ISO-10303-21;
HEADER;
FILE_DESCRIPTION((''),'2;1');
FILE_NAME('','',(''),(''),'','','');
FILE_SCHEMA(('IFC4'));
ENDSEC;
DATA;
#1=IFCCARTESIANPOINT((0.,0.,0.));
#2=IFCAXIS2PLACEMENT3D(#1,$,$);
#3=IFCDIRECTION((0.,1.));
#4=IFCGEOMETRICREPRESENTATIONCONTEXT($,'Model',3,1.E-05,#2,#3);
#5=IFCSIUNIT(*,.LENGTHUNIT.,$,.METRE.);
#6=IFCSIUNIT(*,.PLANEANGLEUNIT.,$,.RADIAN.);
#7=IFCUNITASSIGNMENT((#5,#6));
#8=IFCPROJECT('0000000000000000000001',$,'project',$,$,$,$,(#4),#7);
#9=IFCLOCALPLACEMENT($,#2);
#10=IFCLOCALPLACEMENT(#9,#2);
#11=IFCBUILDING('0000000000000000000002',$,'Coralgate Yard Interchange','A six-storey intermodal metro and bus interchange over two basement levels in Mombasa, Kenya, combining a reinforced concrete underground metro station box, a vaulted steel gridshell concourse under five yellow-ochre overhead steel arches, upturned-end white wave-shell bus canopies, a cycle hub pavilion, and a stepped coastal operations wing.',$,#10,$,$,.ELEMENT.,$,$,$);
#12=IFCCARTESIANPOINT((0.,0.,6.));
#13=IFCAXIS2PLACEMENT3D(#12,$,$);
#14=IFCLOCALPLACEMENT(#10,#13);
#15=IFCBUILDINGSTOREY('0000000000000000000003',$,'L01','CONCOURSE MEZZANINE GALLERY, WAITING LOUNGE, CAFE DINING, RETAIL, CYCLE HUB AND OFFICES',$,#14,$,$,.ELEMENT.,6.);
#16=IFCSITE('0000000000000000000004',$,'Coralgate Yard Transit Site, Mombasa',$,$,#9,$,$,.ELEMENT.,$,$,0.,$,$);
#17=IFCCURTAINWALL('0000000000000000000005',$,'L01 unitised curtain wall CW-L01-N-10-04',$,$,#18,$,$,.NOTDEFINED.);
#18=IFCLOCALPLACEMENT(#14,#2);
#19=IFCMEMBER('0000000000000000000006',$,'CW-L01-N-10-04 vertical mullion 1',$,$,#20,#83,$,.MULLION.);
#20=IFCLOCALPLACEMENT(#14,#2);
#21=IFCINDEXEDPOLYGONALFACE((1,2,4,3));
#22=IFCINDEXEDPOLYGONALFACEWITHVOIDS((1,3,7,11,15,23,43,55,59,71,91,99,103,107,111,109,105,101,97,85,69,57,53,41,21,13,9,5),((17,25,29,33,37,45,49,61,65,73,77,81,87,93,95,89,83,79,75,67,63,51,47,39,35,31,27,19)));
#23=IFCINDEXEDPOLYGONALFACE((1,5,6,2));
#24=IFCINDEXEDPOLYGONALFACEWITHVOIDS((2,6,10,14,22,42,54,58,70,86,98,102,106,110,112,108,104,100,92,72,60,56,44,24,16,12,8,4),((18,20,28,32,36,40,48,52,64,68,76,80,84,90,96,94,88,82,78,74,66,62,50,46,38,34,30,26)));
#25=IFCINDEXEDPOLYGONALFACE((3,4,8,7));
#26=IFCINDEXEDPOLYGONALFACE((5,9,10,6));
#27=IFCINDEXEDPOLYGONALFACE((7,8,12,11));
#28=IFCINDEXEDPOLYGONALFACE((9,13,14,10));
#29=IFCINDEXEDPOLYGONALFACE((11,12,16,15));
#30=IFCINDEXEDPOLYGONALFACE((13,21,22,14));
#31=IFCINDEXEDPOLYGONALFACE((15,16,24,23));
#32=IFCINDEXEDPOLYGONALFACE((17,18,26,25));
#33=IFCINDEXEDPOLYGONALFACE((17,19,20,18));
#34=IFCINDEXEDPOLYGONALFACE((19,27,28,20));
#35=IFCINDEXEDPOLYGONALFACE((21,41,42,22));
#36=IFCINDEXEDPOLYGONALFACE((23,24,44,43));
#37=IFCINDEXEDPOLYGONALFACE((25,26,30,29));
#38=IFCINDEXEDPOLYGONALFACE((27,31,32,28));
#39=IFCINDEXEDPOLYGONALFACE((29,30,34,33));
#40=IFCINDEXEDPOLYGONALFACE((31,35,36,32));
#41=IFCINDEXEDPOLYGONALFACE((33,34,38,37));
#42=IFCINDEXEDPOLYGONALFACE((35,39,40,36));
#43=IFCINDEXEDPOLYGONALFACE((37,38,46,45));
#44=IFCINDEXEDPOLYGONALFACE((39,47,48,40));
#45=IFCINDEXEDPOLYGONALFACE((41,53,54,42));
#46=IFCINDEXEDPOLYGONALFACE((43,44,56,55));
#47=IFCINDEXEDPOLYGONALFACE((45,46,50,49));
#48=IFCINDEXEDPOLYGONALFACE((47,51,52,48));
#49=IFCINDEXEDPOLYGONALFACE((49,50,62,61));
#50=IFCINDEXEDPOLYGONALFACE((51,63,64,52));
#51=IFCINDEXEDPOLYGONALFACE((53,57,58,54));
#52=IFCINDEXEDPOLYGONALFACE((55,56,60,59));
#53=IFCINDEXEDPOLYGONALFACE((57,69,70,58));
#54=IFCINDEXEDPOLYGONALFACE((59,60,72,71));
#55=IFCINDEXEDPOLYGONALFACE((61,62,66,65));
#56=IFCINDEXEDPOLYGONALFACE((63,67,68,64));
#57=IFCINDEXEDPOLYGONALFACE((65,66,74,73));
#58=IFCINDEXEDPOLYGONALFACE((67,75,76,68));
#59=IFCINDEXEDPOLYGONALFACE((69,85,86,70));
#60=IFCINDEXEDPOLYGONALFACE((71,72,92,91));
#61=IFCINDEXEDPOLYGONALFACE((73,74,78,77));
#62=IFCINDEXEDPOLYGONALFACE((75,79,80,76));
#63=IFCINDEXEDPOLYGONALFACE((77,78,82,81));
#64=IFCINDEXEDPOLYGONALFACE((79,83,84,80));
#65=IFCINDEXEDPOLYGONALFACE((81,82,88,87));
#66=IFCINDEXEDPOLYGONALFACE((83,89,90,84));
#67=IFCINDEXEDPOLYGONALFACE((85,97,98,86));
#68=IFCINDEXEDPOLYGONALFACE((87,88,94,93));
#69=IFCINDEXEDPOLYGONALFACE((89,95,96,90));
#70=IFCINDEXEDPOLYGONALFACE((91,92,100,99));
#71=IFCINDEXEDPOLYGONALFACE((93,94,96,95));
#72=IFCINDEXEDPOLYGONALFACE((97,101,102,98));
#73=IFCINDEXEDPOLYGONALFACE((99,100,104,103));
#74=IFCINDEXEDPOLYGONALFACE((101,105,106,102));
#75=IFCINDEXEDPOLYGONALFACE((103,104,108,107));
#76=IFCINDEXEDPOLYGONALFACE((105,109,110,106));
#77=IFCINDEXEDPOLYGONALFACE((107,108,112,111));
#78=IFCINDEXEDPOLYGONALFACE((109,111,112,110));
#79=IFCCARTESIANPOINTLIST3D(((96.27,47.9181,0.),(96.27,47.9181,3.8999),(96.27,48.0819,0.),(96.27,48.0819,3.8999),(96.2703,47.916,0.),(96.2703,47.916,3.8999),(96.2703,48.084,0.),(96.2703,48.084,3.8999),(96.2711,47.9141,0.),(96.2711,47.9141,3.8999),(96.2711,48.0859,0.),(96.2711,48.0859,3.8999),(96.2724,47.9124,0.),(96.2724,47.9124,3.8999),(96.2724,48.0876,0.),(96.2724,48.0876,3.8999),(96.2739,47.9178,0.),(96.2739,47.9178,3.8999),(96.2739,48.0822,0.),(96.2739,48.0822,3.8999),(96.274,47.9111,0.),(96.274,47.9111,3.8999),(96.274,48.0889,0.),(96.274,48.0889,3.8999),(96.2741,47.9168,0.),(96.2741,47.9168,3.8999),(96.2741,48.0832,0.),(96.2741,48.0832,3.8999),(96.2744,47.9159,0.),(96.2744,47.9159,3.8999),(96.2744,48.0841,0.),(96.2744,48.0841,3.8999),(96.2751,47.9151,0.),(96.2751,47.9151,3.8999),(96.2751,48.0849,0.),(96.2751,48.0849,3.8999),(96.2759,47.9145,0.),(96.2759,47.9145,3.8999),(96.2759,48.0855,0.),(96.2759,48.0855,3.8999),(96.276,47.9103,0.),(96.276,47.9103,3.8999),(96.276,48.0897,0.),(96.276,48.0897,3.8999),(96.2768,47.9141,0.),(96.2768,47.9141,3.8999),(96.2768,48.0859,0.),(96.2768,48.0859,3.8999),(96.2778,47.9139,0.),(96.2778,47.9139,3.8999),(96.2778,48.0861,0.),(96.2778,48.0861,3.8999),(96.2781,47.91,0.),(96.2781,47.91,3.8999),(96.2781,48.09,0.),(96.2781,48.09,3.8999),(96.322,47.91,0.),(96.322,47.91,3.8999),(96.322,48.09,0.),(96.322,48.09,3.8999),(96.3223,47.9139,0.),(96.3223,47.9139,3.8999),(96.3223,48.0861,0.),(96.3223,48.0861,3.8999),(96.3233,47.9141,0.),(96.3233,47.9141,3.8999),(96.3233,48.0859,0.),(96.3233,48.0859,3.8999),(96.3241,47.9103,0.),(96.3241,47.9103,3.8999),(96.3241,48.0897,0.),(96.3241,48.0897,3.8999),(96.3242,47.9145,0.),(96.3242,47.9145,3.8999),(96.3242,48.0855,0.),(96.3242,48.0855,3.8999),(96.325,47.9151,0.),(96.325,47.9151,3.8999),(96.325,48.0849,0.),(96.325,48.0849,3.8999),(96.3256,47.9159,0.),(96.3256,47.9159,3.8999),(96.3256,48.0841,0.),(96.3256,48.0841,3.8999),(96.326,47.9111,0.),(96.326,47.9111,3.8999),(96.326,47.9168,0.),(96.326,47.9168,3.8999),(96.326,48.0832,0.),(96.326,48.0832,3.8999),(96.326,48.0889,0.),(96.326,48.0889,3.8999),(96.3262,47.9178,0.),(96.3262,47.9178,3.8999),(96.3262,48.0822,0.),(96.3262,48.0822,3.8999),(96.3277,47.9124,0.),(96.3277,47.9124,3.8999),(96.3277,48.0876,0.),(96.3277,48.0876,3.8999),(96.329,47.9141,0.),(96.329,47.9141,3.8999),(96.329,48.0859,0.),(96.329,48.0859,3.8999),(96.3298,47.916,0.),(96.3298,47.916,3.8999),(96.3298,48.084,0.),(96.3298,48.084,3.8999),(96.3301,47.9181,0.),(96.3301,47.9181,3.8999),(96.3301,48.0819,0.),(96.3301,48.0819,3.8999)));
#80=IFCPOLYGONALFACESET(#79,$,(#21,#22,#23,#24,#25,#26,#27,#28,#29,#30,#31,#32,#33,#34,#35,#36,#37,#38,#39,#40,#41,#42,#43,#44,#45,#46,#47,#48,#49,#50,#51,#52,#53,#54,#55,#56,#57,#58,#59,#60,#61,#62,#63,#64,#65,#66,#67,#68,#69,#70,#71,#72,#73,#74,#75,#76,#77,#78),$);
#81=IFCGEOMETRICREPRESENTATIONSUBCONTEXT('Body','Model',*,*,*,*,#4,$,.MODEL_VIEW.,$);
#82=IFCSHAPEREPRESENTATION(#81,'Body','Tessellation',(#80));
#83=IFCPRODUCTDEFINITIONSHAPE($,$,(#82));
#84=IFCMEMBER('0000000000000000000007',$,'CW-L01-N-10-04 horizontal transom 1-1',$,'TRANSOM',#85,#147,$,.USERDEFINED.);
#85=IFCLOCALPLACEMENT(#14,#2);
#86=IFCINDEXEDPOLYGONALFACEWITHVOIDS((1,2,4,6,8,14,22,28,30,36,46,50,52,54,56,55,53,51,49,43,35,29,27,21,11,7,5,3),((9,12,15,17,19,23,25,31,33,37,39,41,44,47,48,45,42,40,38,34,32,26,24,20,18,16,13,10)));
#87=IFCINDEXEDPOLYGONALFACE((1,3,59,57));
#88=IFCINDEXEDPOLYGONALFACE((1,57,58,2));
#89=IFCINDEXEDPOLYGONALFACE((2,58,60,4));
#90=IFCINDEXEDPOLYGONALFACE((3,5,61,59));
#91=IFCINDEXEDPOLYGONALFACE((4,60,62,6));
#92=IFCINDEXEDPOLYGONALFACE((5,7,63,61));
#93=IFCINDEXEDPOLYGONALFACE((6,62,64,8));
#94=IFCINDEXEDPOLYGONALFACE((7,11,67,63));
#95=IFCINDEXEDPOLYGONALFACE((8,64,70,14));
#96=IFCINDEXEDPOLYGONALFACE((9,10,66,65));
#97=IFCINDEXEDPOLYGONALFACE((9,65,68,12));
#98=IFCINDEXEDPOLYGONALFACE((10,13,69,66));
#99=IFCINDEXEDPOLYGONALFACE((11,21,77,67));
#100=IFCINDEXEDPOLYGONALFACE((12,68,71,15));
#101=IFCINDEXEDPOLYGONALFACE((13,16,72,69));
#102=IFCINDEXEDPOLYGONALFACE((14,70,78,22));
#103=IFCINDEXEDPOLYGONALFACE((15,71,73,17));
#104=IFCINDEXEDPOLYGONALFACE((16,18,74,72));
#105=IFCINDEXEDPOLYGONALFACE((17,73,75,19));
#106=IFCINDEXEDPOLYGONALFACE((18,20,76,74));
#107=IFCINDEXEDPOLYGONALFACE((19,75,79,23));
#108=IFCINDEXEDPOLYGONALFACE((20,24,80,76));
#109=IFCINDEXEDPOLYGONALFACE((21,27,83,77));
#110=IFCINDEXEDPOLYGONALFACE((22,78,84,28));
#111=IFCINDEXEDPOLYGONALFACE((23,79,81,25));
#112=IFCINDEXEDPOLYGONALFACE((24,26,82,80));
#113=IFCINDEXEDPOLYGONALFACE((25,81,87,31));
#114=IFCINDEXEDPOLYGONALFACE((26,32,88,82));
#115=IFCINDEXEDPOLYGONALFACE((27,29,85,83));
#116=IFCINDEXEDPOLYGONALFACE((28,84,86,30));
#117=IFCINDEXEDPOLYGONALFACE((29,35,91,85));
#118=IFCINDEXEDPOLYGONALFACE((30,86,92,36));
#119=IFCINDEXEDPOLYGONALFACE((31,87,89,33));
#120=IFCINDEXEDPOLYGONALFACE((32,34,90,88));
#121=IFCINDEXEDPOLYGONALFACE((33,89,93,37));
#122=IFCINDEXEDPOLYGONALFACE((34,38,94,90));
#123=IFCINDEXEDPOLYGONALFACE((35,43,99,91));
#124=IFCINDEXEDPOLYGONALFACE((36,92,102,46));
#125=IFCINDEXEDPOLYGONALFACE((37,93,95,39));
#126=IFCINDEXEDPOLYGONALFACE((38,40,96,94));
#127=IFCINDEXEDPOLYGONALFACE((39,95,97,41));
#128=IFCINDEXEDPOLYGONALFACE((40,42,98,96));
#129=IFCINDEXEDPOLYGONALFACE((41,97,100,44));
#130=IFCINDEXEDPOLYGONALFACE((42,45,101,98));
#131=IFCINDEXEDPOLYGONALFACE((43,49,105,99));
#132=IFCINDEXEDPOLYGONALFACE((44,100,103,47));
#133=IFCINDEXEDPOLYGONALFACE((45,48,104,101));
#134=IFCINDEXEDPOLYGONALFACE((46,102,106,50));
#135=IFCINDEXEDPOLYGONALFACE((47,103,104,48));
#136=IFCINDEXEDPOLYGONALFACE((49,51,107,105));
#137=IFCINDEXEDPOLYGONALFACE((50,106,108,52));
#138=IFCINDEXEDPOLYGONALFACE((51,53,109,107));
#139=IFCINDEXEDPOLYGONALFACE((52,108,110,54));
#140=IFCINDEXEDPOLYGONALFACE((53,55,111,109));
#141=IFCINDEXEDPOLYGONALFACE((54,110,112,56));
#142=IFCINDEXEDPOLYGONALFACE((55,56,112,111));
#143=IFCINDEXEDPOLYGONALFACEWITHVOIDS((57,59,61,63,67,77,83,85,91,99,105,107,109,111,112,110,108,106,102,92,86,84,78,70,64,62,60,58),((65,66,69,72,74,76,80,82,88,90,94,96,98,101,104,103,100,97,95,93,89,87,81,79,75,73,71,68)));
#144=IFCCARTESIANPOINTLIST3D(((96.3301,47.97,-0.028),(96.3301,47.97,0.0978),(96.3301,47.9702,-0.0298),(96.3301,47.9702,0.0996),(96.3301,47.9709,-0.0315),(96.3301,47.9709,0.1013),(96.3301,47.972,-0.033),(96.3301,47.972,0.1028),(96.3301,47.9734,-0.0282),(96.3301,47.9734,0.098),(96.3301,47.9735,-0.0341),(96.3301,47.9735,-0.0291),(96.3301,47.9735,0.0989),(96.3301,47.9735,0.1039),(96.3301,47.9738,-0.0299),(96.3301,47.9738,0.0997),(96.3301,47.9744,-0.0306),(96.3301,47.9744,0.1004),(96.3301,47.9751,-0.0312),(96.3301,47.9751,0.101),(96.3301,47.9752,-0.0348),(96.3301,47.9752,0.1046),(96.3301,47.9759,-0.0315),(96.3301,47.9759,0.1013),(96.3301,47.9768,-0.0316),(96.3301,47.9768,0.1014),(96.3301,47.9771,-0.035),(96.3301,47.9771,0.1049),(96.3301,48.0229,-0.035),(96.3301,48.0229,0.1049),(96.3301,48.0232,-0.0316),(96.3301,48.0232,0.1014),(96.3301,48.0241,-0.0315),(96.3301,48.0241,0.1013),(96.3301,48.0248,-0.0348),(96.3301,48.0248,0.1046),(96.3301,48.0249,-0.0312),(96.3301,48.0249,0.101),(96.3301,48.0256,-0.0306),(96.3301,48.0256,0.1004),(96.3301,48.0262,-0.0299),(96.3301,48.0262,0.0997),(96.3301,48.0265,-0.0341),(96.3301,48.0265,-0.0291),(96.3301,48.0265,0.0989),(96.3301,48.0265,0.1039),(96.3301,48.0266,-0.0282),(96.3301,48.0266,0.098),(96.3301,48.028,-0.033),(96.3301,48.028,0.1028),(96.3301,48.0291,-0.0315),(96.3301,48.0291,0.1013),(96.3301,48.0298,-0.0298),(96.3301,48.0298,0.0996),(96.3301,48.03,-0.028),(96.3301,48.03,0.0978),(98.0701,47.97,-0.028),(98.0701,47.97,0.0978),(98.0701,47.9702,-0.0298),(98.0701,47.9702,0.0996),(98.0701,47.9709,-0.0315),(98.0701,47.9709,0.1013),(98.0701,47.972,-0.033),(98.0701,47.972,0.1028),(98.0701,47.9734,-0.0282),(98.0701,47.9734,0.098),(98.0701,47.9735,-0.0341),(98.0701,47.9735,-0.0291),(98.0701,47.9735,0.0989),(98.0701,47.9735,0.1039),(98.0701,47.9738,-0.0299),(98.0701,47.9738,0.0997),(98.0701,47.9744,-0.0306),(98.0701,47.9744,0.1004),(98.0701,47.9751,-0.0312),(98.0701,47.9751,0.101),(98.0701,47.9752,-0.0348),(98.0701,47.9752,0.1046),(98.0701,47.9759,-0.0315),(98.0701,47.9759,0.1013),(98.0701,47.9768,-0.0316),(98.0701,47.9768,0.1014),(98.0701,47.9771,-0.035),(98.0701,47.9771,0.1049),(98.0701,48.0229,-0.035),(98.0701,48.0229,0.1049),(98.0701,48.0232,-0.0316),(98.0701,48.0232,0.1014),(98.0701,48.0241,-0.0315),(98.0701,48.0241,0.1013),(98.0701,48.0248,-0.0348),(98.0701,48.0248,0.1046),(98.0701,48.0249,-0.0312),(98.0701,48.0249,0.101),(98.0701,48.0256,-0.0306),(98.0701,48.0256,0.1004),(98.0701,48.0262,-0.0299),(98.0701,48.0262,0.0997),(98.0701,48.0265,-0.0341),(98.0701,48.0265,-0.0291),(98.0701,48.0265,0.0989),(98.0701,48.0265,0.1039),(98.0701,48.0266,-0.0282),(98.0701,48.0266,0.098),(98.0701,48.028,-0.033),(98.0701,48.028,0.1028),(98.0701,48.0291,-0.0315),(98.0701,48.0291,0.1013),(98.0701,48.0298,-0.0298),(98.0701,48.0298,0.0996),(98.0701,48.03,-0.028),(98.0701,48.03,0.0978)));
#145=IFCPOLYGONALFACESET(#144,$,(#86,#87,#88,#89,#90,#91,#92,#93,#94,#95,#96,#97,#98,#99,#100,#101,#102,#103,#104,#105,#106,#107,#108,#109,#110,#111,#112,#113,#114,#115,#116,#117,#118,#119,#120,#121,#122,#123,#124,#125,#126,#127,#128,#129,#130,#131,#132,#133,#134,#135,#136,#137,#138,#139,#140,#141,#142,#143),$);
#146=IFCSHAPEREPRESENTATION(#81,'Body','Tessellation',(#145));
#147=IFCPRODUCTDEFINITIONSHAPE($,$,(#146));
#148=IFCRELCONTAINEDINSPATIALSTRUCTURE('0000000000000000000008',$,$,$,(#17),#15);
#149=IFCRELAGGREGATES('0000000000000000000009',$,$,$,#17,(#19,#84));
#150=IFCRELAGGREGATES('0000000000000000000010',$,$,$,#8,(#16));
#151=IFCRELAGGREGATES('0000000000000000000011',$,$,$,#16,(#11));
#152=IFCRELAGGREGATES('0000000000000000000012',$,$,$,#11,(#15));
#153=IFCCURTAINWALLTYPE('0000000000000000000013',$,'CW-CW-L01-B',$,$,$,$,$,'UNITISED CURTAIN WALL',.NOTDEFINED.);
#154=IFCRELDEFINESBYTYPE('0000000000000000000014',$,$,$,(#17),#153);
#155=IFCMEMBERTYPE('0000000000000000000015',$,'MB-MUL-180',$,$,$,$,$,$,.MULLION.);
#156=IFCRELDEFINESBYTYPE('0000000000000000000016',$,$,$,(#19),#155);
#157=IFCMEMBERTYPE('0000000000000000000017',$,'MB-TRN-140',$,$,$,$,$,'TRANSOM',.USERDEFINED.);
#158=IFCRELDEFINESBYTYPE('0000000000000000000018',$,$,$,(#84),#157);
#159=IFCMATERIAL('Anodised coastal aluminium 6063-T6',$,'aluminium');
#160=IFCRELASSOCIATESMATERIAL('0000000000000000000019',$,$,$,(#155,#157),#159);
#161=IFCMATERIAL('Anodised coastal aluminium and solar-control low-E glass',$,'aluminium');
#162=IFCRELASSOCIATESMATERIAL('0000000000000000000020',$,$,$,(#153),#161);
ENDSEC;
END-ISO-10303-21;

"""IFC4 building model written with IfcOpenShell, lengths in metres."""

from ifc_helpers import new_model, si_unit, direction, frame, origin, origin_2d, place, context, subcontext, project, spatial, hollow_rectangle, extrude, material, material_profile, profile_set, type_object, element, aggregate, save


model = new_model("IFC4")

# Units and contexts
model_context = context("Model", 3, precision=1e-05, world=origin(), true_north=direction((0.0, 1.0)))
body_context = subcontext(model_context, "Body", "Model", "MODEL_VIEW")
ifc_project = project(units=[si_unit("LENGTHUNIT", "METRE"), si_unit("PLANEANGLEUNIT", "RADIAN")], contexts=[model_context])

# Site, building, storey
site_placement = place(None, origin())
site = spatial("IfcSite", under=ifc_project, at=site_placement, Name="Coralgate Yard Transit Site, Mombasa", CompositionType="ELEMENT", RefElevation=0.0)
building_placement = place(site_placement, origin())
building = spatial("IfcBuilding", under=site, at=building_placement, Name="Coralgate Yard Interchange", Description="A six-storey intermodal metro and bus interchange over two basement levels in Mombasa, Kenya, combining a reinforced concrete underground metro station box, a vaulted steel gridshell concourse under five yellow-ochre overhead steel arches, upturned-end white wave-shell bus canopies, a cycle hub pavilion, and a stepped coastal operations wing.", CompositionType="ELEMENT")
storey_placement = place(building_placement, frame((0.0, 0.0, 6.0)))
storey = spatial("IfcBuildingStorey", under=building, at=storey_placement, Name="L01", Description="CONCOURSE MEZZANINE GALLERY, WAITING LOUNGE, CAFE DINING, RETAIL, CYCLE HUB AND OFFICES", CompositionType="ELEMENT", Elevation=6.0)

# Shared definitions
ifc_material_1 = material(Name="Anodised coastal aluminium and solar-control low-E glass", Category="aluminium")
ifc_material_2 = material(Name="Anodised coastal aluminium 6063-T6", Category="aluminium")
ifc_material_profile_1 = material_profile(ifc_material_2, hollow_rectangle(XDim=0.0601, YDim=0.1799, WallThickness=0.0039, InnerFilletRadius=0.0039, OuterFilletRadius=0.0081, at=origin_2d()), Name="ALU 60x180x4")
ifc_profile_set_1 = profile_set([ifc_material_profile_1], Name="Anodised coastal aluminium 6063-T6")
member_type_1 = type_object("IfcMemberType", Name="MB-MUL-180", PredefinedType="MULLION", material=ifc_profile_set_1)

# Curtain wall, members
curtain_wall_type_1 = type_object("IfcCurtainWallType", Name="CW-CW-L01-B", ElementType="UNITISED CURTAIN WALL", PredefinedType="NOTDEFINED", material=ifc_material_1)
curtain_wall_1_placement = place(storey_placement, origin())
curtain_wall_1 = element("IfcCurtainWall", 1, at=curtain_wall_1_placement, inside=storey, type_object=curtain_wall_type_1, Name="L01 unitised curtain wall CW-L01-N-10-04", PredefinedType="NOTDEFINED")
member_1_placement = place(storey_placement, frame((96.3, 48.0, 0.0), z_axis=(0.0, 0.0, 1.0), x_axis=(1.0, 0.0, 0.0)))
member_1 = element("IfcMember", 2, at=member_1_placement, type_object=member_type_1, Name="CW-L01-N-10-04 vertical mullion 1", PredefinedType="MULLION", context=body_context, shape_type="SweptSolid", body=[
    extrude(hollow_rectangle(XDim=0.0601, YDim=0.1799, WallThickness=0.0039, InnerFilletRadius=0.0039, OuterFilletRadius=0.0081, at=origin_2d()), origin(), (0.0, 0.0, 1.0), 3.8999),
])
ifc_material_profile_2 = material_profile(ifc_material_2, hollow_rectangle(XDim=0.0601, YDim=0.1399, WallThickness=0.0034, InnerFilletRadius=0.0034, OuterFilletRadius=0.0071, at=origin_2d()), Name="ALU 60x140x3.5")
ifc_profile_set_2 = profile_set([ifc_material_profile_2], Name="Anodised coastal aluminium 6063-T6")
member_type_2 = type_object("IfcMemberType", Name="MB-TRN-140", ElementType="TRANSOM", PredefinedType="USERDEFINED", material=ifc_profile_set_2)
member_2_placement = place(storey_placement, frame((96.3301, 48.0, 0.0349), z_axis=(1.0, 0.0, 0.0), x_axis=(0.0, 1.0, 0.0)))
member_2 = element("IfcMember", 3, at=member_2_placement, type_object=member_type_2, Name="CW-L01-N-10-04 horizontal transom 1-1", ObjectType="TRANSOM", PredefinedType="USERDEFINED", context=body_context, shape_type="SweptSolid", body=[
    extrude(hollow_rectangle(XDim=0.0601, YDim=0.1399, WallThickness=0.0034, InnerFilletRadius=0.0034, OuterFilletRadius=0.0071, at=origin_2d()), origin(), (0.0, 0.0, 1.0), 1.74),
])
aggregate(curtain_wall_1, [member_1, member_2])

save(model, "model.ifc")
